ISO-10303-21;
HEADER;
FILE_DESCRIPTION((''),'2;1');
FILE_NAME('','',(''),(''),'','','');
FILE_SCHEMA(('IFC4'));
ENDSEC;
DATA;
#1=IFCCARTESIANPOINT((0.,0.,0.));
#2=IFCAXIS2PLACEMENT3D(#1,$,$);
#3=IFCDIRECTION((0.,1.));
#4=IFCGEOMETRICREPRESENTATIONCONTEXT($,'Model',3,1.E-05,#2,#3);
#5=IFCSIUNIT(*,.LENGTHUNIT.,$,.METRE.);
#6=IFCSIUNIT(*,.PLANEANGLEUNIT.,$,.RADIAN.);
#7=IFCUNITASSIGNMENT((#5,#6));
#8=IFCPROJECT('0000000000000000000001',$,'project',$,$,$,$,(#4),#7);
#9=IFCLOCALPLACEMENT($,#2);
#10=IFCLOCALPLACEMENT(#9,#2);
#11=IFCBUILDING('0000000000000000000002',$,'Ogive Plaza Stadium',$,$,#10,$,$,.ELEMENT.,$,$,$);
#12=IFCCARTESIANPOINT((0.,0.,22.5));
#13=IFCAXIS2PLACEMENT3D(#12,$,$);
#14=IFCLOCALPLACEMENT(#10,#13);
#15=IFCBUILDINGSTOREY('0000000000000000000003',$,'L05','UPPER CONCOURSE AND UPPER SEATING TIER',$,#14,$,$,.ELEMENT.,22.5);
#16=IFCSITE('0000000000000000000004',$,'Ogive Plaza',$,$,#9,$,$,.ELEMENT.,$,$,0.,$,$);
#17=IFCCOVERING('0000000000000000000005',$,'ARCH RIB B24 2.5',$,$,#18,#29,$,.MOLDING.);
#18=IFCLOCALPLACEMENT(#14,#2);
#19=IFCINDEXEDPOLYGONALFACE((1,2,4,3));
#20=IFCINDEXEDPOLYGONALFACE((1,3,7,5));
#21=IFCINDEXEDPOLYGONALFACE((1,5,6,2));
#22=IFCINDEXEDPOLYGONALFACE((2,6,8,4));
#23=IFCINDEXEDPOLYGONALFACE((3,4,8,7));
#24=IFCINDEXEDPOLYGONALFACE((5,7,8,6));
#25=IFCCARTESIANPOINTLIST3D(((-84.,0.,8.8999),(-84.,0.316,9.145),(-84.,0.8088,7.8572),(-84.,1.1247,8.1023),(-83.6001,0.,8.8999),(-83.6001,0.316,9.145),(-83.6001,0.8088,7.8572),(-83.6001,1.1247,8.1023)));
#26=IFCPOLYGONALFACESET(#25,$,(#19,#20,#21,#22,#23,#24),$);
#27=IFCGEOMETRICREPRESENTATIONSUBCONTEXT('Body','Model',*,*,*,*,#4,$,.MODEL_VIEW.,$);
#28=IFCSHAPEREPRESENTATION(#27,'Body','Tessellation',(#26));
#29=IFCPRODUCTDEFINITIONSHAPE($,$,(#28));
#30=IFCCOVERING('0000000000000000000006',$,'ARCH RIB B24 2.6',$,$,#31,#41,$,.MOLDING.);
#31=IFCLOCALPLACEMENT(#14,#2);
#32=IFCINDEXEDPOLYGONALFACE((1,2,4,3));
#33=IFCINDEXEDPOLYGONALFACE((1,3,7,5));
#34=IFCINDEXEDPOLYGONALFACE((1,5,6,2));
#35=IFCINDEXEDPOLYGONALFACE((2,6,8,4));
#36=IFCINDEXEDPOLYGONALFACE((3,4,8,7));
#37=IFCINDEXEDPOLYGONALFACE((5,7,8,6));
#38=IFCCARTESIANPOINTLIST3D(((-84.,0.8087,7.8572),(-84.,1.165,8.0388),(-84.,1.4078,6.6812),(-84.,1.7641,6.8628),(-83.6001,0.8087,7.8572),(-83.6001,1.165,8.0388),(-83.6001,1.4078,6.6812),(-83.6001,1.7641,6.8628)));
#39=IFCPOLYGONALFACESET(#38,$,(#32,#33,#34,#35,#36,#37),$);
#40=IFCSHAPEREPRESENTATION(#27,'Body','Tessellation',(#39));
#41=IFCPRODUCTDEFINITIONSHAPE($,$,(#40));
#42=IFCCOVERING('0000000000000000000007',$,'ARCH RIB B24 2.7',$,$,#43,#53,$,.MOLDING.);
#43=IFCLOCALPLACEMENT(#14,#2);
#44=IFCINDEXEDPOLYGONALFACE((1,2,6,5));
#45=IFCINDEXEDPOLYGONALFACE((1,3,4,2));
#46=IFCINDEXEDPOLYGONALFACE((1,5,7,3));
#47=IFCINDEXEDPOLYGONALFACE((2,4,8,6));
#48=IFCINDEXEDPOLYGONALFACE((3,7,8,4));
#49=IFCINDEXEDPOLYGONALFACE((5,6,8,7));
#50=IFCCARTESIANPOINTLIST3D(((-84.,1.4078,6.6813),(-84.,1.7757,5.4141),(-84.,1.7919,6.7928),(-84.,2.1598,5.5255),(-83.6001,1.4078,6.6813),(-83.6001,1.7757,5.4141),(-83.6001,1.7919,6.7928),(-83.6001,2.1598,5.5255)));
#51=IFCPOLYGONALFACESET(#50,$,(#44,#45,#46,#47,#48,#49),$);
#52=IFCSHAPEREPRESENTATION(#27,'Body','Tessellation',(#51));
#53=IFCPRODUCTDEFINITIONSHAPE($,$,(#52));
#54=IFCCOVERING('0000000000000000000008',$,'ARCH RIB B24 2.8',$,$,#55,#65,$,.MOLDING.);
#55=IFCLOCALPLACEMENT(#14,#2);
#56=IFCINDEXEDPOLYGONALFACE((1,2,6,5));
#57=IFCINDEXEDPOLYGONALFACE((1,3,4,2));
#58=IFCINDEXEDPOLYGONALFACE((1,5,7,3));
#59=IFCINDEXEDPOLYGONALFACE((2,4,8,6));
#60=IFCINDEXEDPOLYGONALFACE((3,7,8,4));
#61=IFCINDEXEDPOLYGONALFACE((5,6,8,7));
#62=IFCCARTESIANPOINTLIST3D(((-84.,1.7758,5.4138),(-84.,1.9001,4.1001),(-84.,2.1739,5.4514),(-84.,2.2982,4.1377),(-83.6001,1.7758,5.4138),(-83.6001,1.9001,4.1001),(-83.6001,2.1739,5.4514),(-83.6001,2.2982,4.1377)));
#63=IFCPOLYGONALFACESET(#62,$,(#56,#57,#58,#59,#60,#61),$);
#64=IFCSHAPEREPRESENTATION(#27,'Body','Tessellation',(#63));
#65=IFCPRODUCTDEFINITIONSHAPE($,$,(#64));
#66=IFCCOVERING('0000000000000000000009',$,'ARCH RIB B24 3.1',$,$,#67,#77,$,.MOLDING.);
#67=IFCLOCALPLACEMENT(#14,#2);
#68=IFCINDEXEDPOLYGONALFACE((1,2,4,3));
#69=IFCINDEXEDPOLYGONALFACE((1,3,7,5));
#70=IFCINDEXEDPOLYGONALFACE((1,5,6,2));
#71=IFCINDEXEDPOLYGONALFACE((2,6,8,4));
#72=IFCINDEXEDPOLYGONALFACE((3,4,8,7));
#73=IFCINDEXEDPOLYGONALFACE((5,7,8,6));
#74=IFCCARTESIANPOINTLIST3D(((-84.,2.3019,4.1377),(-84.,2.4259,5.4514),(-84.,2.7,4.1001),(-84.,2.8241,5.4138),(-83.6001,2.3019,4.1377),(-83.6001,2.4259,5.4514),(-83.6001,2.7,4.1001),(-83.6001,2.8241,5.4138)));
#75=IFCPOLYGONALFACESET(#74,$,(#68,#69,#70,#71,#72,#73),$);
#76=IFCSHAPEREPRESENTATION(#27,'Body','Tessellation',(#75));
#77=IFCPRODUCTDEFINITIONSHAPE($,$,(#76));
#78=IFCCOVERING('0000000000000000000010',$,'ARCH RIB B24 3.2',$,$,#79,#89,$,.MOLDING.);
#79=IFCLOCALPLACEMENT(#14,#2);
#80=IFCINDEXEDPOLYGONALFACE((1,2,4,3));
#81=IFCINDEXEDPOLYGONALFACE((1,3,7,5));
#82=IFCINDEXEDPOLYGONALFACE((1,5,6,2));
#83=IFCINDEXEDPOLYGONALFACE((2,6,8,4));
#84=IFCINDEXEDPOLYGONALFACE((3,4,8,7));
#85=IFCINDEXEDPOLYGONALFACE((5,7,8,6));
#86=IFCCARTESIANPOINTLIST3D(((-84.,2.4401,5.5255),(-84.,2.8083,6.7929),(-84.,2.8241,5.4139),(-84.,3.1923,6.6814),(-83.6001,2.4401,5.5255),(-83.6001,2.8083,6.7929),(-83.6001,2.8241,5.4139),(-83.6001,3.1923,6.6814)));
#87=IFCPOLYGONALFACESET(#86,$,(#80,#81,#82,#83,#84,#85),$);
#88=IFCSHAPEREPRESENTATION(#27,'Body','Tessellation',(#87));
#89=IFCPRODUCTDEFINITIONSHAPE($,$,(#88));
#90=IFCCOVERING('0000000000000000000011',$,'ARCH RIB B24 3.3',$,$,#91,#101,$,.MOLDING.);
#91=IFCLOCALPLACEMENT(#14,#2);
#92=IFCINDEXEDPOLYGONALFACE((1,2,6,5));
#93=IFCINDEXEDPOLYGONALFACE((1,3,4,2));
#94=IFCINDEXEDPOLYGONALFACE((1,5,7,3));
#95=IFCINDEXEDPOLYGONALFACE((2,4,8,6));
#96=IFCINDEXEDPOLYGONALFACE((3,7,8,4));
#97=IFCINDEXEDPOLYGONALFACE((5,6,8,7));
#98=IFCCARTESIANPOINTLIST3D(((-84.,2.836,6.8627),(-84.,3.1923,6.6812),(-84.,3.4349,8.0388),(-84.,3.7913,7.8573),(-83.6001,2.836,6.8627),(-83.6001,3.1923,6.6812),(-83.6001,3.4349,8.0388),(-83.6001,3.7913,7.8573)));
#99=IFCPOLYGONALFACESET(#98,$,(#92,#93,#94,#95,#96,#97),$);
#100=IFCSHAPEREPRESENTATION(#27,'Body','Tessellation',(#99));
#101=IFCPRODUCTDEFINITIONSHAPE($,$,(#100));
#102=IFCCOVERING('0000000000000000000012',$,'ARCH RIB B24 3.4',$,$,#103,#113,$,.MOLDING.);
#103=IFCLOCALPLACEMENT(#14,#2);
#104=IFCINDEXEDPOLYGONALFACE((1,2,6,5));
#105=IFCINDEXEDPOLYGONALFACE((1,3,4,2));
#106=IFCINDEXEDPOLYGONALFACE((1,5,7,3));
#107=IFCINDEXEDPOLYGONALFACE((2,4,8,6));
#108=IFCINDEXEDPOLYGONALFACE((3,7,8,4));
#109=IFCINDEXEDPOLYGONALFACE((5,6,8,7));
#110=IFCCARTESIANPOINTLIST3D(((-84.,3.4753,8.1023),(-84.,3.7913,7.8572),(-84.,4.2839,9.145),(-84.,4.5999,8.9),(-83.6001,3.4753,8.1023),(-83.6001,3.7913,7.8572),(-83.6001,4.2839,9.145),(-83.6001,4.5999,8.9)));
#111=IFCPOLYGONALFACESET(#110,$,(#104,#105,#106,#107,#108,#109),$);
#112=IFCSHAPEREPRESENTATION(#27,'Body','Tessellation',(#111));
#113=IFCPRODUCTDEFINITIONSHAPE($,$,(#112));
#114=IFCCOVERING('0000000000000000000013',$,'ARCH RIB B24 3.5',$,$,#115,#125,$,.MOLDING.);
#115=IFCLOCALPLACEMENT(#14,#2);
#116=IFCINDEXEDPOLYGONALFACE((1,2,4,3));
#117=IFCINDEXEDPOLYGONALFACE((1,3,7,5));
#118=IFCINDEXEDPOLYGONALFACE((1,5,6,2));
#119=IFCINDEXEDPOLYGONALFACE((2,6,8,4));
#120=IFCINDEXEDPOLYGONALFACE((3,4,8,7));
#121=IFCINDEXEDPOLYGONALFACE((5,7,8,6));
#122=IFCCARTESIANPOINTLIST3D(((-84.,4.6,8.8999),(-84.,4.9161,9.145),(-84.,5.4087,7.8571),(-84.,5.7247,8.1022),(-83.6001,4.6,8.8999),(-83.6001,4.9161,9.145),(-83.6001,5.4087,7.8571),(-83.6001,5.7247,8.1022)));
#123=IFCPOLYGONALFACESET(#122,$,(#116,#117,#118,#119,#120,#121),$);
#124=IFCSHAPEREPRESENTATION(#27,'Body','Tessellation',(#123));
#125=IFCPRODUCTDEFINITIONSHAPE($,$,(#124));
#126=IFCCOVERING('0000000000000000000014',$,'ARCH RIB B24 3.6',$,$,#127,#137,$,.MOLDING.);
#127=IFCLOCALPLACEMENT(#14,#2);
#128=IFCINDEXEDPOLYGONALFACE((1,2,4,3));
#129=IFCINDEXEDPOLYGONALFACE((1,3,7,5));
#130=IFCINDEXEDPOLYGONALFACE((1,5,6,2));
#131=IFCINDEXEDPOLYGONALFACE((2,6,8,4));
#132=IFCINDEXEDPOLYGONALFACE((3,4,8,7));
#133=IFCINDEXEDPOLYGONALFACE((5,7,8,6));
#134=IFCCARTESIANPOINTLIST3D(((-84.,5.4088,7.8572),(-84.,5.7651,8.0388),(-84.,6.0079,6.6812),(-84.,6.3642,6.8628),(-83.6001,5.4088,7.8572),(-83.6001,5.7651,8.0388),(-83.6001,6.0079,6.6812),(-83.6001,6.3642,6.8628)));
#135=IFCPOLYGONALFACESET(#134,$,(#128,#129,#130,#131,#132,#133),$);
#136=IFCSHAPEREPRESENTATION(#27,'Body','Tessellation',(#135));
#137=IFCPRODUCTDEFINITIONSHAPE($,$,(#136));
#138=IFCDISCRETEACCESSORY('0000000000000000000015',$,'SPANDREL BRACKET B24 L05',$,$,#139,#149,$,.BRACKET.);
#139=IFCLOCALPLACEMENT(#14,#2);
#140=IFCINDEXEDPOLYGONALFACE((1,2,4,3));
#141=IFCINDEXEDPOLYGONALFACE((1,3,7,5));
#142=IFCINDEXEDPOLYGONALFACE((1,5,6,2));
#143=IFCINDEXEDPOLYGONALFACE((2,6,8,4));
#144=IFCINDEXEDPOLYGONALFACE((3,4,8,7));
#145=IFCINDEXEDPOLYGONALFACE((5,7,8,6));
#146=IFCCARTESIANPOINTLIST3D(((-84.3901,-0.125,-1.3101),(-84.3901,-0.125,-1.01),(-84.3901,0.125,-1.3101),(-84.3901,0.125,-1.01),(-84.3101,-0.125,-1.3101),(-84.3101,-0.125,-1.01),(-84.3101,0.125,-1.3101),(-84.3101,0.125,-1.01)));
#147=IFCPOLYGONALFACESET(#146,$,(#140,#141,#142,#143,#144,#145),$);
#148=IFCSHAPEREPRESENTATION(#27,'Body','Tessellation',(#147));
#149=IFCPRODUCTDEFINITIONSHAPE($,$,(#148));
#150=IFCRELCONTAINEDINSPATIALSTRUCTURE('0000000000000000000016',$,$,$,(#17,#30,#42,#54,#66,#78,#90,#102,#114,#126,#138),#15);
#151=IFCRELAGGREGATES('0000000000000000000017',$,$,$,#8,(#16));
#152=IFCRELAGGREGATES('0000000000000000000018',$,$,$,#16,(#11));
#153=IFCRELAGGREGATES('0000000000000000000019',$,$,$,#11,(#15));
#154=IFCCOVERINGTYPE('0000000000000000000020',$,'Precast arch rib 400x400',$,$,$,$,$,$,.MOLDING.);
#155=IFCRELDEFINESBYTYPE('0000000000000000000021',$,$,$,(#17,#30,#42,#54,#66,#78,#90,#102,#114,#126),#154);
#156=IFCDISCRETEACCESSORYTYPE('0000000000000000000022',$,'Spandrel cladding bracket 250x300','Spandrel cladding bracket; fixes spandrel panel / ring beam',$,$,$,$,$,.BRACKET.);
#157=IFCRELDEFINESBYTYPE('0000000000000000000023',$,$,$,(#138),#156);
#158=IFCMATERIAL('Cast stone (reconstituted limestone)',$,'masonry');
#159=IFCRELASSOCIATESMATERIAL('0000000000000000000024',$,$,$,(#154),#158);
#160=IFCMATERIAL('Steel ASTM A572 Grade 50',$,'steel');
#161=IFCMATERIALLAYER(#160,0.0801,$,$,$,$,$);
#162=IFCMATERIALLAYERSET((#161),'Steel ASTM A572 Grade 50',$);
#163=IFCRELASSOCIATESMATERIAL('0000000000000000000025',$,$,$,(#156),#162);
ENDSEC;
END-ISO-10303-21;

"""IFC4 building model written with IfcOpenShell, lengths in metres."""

from ifc_helpers import new_model, si_unit, direction, frame, origin, origin_2d, place, context, subcontext, project, spatial, rectangle, extrude, material, layer, layer_set, material_profile, profile_set, type_object, element, save


model = new_model("IFC4")

# Units and contexts
model_context = context("Model", 3, precision=1e-05, world=origin(), true_north=direction((0.0, 1.0)))
body_context = subcontext(model_context, "Body", "Model", "MODEL_VIEW")
ifc_project = project(units=[si_unit("LENGTHUNIT", "METRE"), si_unit("PLANEANGLEUNIT", "RADIAN")], contexts=[model_context])

# Site, building, storey
site_placement = place(None, origin())
site = spatial("IfcSite", under=ifc_project, at=site_placement, Name="Ogive Plaza", CompositionType="ELEMENT", RefElevation=0.0)
building_placement = place(site_placement, origin())
building = spatial("IfcBuilding", under=site, at=building_placement, Name="Ogive Plaza Stadium", CompositionType="ELEMENT")
storey_placement = place(building_placement, frame((0.0, 0.0, 22.5)))
storey = spatial("IfcBuildingStorey", under=building, at=storey_placement, Name="L05", Description="UPPER CONCOURSE AND UPPER SEATING TIER", CompositionType="ELEMENT", Elevation=22.5)

# Coverings
ifc_material_1 = material(Name="Cast stone (reconstituted limestone)", Category="masonry")
ifc_material_profile_1 = material_profile(ifc_material_1, rectangle(XDim=0.3999, YDim=0.3999, at=origin_2d()), Name="Cast stone 400x400")
ifc_profile_set_1 = profile_set([ifc_material_profile_1], Name="Cast stone (reconstituted limestone)")
covering_type = type_object("IfcCoveringType", Name="Precast arch rib 400x400", PredefinedType="MOLDING", material=ifc_profile_set_1)
covering_1_placement = place(storey_placement, frame((-83.8, 0.158, 9.0225), z_axis=(0.0, 0.612915, -0.790148), x_axis=(-1.0, 0.0, 0.0)))
element("IfcCovering", 1, at=covering_1_placement, inside=storey, type_object=covering_type, Name="ARCH RIB B24 2.5", PredefinedType="MOLDING", context=body_context, shape_type="SweptSolid", body=[
    extrude(rectangle(XDim=0.3999, YDim=0.3999, at=origin_2d()), origin(), (0.0, 0.0, 1.0), 1.3196),
])
covering_2_placement = place(storey_placement, frame((-83.8, 0.9868, 7.948), z_axis=(0.0, 0.453934, -0.891035), x_axis=(-1.0, 0.0, 0.0)))
element("IfcCovering", 2, at=covering_2_placement, inside=storey, type_object=covering_type, Name="ARCH RIB B24 2.6", PredefinedType="MOLDING", context=body_context, shape_type="SweptSolid", body=[
    extrude(rectangle(XDim=0.3999, YDim=0.3999, at=origin_2d()), origin(), (0.0, 0.0, 1.0), 1.3198),
])
for number, where, z_axis, x_axis, name in (
    (3, (-83.8, 1.5999, 6.7371), (0.0, 0.278799, -0.960349), (-1.0, 0.0, 0.0), "ARCH RIB B24 2.7"),
    (4, (-83.8, 1.9749, 5.4326), (0.0, 0.094172, -0.995556), (-1.0, 0.0, 0.0), "ARCH RIB B24 2.8"),
    (5, (-83.8, 2.501, 4.1189), (0.0, 0.093988, 0.995573), (-1.0, 0.0, 0.0), "ARCH RIB B24 3.1"),
):
    element("IfcCovering", number, at=place(storey_placement, frame(where, z_axis=z_axis, x_axis=x_axis)), inside=storey, type_object=covering_type, Name=name, PredefinedType="MOLDING", context=body_context, shape_type="SweptSolid", body=[
        extrude(rectangle(XDim=0.3999, YDim=0.3999, at=origin_2d()), origin(), (0.0, 0.0, 1.0), 1.3196),
    ])
for number, where, z_axis, x_axis, name in (
    (6, (-83.8, 2.6321, 5.4697), (0.0, 0.27897, 0.9603), (-1.0, 0.0, 0.0), "ARCH RIB B24 3.2"),
    (7, (-83.8, 3.0142, 6.772), (0.0, 0.453787, 0.89111), (-1.0, 0.0, 0.0), "ARCH RIB B24 3.3"),
):
    element("IfcCovering", number, at=place(storey_placement, frame(where, z_axis=z_axis, x_axis=x_axis)), inside=storey, type_object=covering_type, Name=name, PredefinedType="MOLDING", context=body_context, shape_type="SweptSolid", body=[
        extrude(rectangle(XDim=0.3999, YDim=0.3999, at=origin_2d()), origin(), (0.0, 0.0, 1.0), 1.3198),
    ])
for number, where, z_axis, x_axis, name in (
    (8, (-83.8, 3.6333, 7.9797), (0.0, 0.6128, 0.790238), (-1.0, 0.0, 0.0), "ARCH RIB B24 3.4"),
    (9, (-83.8, 4.7581, 9.0225), (0.0, 0.6128, -0.790238), (-1.0, 0.0, 0.0), "ARCH RIB B24 3.5"),
):
    element("IfcCovering", number, at=place(storey_placement, frame(where, z_axis=z_axis, x_axis=x_axis)), inside=storey, type_object=covering_type, Name=name, PredefinedType="MOLDING", context=body_context, shape_type="SweptSolid", body=[
        extrude(rectangle(XDim=0.3999, YDim=0.3999, at=origin_2d()), origin(), (0.0, 0.0, 1.0), 1.3196),
    ])
covering_3_placement = place(storey_placement, frame((-83.8, 5.5869, 7.948), z_axis=(0.0, 0.453934, -0.891035), x_axis=(-1.0, 0.0, 0.0)))
element("IfcCovering", 10, at=covering_3_placement, inside=storey, type_object=covering_type, Name="ARCH RIB B24 3.6", PredefinedType="MOLDING", context=body_context, shape_type="SweptSolid", body=[
    extrude(rectangle(XDim=0.3999, YDim=0.3999, at=origin_2d()), origin(), (0.0, 0.0, 1.0), 1.3198),
])

# Discrete accessory
ifc_material_2 = material(Name="Steel ASTM A572 Grade 50", Category="steel")
ifc_layer_1 = layer(ifc_material_2, 0.0801)
ifc_layer_set_1 = layer_set([ifc_layer_1], Name="Steel ASTM A572 Grade 50")
discrete_accessory_type = type_object("IfcDiscreteAccessoryType", Name="Spandrel cladding bracket 250x300", Description="Spandrel cladding bracket; fixes spandrel panel / ring beam", PredefinedType="BRACKET", material=ifc_layer_set_1)
discrete_accessory_placement = place(storey_placement, frame((-84.3501, 0.0, -1.3101), z_axis=(0.0, 0.0, 1.0), x_axis=(0.0, 1.0, 0.0)))
element("IfcDiscreteAccessory", 11, at=discrete_accessory_placement, inside=storey, type_object=discrete_accessory_type, Name="SPANDREL BRACKET B24 L05", PredefinedType="BRACKET", context=body_context, shape_type="SweptSolid", body=[
    extrude(rectangle(XDim=0.25, YDim=0.0801, at=origin_2d()), origin(), (0.0, 0.0, 1.0), 0.3),
])

save(model, "model.ifc")
